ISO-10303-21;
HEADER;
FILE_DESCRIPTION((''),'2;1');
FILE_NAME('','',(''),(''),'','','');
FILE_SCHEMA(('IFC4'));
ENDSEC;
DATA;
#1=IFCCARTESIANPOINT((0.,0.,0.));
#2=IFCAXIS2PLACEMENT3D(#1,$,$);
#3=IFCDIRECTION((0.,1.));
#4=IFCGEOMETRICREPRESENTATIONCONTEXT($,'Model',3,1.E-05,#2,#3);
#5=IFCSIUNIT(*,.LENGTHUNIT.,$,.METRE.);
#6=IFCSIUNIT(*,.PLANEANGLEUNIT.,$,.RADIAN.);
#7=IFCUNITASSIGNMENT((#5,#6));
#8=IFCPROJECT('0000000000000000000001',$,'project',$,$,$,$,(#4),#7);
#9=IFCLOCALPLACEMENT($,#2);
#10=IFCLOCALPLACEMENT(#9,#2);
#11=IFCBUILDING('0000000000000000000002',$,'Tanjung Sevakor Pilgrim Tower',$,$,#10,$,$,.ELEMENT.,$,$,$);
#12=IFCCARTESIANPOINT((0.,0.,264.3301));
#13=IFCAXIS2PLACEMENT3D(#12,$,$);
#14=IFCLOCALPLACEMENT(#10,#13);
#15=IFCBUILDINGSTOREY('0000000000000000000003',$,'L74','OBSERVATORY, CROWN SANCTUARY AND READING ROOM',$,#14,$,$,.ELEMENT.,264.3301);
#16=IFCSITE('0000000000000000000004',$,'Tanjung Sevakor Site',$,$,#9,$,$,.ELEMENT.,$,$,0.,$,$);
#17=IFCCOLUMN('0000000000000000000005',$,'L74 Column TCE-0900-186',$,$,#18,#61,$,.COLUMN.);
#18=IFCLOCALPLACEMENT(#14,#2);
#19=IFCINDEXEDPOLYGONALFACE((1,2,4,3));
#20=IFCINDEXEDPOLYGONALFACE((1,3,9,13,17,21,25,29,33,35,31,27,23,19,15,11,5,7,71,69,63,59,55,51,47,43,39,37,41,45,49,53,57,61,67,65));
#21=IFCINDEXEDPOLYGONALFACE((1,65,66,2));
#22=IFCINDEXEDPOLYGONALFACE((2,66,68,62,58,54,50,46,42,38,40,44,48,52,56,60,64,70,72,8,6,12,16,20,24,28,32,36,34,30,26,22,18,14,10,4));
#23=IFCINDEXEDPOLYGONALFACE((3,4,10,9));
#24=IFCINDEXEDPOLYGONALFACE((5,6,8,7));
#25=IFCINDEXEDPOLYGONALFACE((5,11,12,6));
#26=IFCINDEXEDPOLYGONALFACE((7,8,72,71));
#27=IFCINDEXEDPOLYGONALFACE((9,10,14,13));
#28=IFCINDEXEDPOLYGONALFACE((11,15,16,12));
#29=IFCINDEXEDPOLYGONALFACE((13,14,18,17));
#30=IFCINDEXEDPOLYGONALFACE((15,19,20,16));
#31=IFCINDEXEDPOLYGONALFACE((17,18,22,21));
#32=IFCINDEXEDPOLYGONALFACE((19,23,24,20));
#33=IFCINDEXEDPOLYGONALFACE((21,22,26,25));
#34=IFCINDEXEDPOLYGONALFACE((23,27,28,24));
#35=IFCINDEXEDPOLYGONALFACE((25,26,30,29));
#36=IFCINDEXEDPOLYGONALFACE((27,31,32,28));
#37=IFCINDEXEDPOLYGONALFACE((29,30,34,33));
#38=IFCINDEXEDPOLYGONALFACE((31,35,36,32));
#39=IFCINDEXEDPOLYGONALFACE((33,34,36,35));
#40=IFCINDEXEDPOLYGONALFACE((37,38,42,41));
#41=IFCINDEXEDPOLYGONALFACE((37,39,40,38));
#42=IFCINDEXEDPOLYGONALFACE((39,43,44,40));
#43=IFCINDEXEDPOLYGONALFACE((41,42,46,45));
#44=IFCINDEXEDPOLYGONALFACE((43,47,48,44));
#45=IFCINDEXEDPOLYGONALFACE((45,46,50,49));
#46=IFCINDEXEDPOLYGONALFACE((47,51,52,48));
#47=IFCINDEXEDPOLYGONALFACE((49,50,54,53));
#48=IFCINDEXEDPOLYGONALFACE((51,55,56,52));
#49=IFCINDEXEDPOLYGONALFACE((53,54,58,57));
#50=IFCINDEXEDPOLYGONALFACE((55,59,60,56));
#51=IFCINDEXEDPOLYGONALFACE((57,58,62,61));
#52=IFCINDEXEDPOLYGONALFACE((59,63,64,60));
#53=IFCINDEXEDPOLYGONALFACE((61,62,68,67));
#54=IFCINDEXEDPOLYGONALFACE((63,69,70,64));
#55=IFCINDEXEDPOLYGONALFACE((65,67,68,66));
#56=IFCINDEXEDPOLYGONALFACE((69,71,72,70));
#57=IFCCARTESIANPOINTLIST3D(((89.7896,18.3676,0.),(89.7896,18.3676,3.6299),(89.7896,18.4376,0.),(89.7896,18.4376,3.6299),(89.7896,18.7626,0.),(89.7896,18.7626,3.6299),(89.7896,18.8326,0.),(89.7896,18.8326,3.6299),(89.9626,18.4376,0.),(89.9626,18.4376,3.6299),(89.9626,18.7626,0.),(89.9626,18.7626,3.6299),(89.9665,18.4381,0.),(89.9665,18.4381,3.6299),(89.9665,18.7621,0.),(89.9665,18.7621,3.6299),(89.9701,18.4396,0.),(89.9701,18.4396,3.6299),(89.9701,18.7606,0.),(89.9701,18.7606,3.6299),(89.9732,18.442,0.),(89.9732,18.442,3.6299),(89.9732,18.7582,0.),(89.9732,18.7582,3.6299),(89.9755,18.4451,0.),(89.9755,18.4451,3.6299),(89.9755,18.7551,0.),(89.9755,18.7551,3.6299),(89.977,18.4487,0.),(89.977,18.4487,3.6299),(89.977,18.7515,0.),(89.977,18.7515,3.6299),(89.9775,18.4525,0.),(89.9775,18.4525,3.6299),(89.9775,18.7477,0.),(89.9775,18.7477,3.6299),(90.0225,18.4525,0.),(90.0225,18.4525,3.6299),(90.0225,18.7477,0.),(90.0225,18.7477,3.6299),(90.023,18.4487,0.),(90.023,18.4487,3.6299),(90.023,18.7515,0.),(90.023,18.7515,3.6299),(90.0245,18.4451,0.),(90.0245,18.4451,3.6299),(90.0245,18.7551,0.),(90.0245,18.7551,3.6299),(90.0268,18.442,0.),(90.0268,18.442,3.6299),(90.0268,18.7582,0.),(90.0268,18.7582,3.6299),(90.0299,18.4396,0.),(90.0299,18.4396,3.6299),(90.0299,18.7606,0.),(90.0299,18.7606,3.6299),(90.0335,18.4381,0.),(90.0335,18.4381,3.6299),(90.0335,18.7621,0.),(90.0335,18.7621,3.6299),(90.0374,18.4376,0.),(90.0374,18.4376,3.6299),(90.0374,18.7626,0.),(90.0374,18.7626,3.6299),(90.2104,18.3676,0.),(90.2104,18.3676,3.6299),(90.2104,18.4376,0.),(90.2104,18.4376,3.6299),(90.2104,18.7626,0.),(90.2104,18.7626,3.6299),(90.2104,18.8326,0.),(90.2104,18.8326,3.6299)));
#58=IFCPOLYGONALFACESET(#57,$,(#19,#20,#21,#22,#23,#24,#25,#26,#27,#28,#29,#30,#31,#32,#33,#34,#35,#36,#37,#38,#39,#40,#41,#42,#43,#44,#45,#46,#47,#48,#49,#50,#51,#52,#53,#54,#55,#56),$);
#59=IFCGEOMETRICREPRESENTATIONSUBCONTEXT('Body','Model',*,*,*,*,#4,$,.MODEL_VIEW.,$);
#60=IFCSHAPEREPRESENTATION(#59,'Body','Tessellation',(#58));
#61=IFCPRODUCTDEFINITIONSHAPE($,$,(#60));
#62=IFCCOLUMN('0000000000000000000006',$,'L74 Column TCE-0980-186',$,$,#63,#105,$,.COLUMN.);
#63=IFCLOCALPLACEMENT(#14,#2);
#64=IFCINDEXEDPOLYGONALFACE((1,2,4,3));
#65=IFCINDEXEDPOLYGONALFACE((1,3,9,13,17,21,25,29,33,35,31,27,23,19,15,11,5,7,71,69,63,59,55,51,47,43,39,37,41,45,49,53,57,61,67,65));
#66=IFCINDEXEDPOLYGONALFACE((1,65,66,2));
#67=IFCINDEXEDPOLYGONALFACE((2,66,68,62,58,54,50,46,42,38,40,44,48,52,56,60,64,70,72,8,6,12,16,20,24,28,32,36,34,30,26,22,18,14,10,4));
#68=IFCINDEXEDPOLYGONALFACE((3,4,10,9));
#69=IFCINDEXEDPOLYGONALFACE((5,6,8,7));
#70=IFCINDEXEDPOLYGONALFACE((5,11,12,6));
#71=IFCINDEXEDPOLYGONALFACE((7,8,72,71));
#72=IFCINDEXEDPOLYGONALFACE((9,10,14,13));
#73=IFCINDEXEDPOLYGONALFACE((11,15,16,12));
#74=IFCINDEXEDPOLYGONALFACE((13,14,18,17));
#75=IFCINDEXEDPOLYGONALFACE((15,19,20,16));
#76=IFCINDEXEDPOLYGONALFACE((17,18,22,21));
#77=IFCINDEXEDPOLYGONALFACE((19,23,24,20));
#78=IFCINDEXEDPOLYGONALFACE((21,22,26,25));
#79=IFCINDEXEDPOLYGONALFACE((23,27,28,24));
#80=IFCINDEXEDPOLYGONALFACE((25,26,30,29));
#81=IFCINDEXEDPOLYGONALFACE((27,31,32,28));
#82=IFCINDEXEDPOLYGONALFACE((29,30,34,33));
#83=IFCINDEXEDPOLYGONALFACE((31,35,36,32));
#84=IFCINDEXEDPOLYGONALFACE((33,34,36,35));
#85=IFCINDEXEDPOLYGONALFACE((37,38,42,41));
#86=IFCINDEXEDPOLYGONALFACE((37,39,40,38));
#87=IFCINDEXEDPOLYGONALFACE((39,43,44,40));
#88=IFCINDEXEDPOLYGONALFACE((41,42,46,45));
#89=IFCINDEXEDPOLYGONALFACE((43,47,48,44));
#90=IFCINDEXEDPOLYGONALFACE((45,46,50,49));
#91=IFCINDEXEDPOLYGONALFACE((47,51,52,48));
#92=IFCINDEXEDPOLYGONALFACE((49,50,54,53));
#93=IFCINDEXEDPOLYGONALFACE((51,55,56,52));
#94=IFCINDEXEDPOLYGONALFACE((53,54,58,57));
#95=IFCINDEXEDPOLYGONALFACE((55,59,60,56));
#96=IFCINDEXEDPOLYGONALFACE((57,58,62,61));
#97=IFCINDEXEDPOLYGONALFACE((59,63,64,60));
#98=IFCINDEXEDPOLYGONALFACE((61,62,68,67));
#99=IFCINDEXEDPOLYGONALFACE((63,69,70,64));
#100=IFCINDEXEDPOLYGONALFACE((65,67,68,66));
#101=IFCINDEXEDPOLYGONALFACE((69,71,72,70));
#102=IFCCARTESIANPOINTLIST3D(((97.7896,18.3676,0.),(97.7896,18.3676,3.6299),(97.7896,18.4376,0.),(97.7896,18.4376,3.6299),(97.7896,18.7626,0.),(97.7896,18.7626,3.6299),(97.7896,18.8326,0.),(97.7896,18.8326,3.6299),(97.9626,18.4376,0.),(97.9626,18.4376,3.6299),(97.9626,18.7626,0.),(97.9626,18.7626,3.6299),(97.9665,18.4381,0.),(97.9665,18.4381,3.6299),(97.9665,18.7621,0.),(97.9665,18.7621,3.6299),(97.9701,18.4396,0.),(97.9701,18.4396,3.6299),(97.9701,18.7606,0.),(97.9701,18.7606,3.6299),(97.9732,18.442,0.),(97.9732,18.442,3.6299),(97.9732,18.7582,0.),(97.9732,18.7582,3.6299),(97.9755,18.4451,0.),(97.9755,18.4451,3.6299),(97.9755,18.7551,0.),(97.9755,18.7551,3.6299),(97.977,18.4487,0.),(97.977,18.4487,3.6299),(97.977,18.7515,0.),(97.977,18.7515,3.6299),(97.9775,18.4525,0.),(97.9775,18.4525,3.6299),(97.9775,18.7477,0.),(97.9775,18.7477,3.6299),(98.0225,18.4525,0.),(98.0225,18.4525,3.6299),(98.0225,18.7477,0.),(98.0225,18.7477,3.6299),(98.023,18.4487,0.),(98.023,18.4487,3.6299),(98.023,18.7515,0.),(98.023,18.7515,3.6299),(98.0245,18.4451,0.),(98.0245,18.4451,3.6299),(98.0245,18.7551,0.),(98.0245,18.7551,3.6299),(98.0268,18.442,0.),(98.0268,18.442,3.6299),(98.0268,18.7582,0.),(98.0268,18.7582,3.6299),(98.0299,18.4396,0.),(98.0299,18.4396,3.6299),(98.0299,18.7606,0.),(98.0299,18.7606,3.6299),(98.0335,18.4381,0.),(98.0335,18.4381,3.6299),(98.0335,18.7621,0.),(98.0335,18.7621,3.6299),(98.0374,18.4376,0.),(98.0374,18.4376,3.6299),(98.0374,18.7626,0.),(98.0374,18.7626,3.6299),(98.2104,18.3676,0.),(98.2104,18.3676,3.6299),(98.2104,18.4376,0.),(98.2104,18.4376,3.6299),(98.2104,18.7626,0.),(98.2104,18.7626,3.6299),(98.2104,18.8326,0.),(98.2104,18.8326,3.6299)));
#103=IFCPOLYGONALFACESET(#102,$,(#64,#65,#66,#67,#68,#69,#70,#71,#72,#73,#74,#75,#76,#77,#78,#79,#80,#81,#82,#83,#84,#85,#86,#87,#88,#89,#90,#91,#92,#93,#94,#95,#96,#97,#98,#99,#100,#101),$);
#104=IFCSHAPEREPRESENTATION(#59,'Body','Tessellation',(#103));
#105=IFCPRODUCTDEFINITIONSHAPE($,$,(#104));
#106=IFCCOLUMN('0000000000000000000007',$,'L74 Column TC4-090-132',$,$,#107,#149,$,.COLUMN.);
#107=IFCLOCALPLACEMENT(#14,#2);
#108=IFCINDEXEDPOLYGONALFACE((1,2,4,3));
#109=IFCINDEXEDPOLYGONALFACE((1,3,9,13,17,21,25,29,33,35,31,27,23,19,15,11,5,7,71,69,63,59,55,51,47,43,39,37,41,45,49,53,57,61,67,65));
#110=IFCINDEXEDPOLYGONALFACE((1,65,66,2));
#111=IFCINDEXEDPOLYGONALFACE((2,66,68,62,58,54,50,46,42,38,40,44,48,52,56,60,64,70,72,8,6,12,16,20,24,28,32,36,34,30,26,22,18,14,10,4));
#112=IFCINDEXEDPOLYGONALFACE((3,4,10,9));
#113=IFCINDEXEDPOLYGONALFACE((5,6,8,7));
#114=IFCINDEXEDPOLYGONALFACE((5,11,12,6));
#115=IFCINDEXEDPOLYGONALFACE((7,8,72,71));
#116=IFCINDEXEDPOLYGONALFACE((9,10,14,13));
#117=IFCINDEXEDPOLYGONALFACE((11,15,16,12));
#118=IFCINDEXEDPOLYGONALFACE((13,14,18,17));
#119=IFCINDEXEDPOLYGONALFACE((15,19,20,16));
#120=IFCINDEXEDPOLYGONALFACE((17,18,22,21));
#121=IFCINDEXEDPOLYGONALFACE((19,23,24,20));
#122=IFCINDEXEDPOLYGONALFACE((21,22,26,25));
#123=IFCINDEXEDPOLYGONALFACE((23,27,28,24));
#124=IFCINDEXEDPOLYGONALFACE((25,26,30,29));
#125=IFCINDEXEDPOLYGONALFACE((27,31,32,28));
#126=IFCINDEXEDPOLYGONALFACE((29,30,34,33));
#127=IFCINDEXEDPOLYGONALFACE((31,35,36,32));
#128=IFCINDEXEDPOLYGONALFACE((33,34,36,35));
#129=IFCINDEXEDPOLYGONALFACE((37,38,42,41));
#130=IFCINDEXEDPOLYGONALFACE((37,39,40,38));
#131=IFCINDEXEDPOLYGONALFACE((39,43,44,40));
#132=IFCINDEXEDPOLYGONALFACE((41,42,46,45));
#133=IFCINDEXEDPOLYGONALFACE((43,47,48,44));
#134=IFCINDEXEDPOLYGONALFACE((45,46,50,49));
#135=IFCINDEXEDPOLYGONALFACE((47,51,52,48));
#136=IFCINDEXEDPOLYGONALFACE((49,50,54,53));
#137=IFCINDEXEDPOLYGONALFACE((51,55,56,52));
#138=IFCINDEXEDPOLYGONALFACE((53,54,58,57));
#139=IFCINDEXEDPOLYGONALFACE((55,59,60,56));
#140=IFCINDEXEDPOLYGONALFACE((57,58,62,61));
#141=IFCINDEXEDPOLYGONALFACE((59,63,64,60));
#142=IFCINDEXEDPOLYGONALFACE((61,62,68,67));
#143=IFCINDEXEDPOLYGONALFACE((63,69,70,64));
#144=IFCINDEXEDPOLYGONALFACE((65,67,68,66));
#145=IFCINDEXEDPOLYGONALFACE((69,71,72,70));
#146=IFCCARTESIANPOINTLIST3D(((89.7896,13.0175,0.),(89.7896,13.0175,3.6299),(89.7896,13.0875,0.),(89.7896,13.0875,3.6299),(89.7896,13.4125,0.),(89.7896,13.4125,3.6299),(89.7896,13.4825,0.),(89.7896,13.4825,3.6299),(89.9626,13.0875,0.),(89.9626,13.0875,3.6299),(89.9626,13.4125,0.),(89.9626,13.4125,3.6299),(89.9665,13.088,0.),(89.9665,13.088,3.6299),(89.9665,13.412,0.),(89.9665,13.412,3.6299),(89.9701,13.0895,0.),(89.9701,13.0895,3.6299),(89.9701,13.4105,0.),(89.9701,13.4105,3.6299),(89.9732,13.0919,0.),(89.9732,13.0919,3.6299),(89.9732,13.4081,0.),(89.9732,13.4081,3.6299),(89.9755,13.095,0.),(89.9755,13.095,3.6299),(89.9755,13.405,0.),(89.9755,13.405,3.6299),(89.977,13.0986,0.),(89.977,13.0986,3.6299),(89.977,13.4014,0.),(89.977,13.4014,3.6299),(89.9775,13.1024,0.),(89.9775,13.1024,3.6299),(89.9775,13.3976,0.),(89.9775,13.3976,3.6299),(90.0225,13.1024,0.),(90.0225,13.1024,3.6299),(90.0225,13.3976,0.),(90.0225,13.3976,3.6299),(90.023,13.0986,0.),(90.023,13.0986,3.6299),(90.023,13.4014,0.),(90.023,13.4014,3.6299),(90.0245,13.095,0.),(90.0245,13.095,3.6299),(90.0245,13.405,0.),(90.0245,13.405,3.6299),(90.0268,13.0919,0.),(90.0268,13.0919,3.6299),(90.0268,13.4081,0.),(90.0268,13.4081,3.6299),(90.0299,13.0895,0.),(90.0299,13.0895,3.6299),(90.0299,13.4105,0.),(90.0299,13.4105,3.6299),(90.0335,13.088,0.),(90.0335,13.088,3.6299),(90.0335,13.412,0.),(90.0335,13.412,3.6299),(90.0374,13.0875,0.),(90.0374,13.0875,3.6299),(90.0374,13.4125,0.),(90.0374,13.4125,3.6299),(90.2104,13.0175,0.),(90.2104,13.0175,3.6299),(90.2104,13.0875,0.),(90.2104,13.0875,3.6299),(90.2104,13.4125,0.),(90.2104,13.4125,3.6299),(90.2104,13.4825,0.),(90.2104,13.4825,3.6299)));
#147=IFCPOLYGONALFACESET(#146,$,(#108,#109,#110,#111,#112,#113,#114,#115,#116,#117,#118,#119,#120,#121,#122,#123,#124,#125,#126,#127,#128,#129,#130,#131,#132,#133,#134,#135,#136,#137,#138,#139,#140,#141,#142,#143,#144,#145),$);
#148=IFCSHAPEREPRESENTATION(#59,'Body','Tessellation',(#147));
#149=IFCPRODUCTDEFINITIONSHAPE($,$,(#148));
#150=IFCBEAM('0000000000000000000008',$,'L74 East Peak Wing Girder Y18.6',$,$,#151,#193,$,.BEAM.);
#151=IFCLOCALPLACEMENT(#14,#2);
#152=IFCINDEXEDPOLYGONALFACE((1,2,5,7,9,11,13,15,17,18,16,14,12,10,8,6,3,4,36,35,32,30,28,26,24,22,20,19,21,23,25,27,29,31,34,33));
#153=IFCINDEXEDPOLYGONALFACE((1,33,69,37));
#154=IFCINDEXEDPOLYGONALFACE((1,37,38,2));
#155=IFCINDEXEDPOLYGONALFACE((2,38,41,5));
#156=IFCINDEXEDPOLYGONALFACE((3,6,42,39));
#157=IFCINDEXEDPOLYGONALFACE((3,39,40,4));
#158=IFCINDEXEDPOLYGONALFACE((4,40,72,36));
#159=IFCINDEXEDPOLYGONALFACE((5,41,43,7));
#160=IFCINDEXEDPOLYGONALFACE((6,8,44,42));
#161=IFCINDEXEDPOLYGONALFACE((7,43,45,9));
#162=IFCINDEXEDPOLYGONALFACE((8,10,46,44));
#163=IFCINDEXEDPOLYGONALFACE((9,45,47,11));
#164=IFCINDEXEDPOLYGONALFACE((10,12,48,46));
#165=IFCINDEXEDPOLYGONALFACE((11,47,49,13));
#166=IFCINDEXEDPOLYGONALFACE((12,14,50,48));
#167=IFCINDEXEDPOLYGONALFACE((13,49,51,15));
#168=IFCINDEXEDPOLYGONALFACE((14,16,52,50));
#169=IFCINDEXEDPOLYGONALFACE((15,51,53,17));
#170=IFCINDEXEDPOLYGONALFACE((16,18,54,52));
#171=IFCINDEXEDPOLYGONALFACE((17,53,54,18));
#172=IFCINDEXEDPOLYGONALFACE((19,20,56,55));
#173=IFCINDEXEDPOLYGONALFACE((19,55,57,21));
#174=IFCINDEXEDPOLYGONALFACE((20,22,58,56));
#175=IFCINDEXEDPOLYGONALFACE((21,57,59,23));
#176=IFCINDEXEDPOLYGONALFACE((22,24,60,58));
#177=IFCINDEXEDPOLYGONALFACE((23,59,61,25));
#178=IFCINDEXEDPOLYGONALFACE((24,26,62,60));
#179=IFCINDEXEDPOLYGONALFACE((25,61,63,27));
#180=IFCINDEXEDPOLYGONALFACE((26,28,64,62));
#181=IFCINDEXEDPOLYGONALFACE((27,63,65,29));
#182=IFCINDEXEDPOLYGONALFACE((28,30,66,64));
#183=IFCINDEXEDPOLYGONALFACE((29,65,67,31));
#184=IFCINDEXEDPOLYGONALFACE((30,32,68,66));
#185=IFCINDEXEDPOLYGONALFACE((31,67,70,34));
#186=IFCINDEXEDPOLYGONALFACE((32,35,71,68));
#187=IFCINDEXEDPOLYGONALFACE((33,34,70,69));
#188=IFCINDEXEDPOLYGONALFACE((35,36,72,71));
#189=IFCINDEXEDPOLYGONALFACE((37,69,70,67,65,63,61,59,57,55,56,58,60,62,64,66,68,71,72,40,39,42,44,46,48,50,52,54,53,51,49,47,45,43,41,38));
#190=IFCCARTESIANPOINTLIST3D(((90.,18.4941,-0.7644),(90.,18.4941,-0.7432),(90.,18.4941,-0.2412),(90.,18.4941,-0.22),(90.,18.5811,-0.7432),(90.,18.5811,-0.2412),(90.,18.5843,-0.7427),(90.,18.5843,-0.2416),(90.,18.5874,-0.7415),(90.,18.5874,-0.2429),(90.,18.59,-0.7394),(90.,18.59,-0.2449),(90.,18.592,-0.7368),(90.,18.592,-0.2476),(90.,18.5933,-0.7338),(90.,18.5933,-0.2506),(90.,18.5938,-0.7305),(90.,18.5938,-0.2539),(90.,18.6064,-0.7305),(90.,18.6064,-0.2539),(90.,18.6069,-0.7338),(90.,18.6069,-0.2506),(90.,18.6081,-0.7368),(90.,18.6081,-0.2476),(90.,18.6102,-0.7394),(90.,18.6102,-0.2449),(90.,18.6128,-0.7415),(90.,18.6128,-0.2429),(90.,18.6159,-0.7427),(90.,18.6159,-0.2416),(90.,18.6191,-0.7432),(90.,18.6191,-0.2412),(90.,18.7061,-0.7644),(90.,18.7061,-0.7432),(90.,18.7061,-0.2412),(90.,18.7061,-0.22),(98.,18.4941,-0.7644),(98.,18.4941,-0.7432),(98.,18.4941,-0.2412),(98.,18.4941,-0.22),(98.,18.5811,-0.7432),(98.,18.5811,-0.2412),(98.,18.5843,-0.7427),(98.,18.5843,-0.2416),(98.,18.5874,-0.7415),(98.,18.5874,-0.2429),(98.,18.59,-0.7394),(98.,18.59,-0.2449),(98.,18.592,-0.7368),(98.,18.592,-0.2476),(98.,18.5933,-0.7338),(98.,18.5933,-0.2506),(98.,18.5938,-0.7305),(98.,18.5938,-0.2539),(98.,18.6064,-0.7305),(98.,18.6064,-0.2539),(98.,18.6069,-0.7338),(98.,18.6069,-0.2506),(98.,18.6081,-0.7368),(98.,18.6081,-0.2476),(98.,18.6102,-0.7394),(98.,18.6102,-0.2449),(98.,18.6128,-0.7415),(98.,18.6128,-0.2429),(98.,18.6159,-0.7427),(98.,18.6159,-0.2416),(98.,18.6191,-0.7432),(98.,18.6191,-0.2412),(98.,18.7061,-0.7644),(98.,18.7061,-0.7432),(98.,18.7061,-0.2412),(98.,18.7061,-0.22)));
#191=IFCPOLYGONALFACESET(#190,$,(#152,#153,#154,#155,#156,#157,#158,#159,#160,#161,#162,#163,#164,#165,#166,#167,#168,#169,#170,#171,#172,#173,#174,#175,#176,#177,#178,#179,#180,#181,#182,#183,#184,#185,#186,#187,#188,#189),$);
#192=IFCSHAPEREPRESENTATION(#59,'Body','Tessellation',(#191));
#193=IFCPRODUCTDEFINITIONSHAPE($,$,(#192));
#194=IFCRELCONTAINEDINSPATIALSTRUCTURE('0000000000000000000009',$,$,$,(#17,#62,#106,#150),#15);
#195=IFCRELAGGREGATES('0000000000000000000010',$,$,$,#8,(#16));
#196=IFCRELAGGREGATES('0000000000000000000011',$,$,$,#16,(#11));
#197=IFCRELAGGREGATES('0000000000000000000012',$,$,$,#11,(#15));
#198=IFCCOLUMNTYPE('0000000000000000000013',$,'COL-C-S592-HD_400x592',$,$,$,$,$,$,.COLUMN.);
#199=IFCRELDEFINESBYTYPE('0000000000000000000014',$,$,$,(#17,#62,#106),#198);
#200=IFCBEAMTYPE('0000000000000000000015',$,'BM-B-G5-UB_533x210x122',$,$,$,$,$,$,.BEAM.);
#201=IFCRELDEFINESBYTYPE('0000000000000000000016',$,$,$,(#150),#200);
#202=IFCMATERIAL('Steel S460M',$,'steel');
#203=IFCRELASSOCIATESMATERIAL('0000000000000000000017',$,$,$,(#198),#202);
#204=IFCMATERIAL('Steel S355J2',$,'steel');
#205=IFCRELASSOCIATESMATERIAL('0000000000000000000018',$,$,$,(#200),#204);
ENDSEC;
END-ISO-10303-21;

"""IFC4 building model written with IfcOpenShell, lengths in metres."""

from ifc_helpers import new_model, si_unit, direction, frame, origin, origin_2d, place, context, subcontext, project, spatial, i_section, extrude, material, material_profile, profile_set, type_object, element, save


model = new_model("IFC4")

# Units and contexts
model_context = context("Model", 3, precision=1e-05, world=origin(), true_north=direction((0.0, 1.0)))
body_context = subcontext(model_context, "Body", "Model", "MODEL_VIEW")
ifc_project = project(units=[si_unit("LENGTHUNIT", "METRE"), si_unit("PLANEANGLEUNIT", "RADIAN")], contexts=[model_context])

# Site, building, storey
site_placement = place(None, origin())
site = spatial("IfcSite", under=ifc_project, at=site_placement, Name="Tanjung Sevakor Site", CompositionType="ELEMENT", RefElevation=0.0)
building_placement = place(site_placement, origin())
building = spatial("IfcBuilding", under=site, at=building_placement, Name="Tanjung Sevakor Pilgrim Tower", CompositionType="ELEMENT")
storey_placement = place(building_placement, frame((0.0, 0.0, 264.3301)))
storey = spatial("IfcBuildingStorey", under=building, at=storey_placement, Name="L74", Description="OBSERVATORY, CROWN SANCTUARY AND READING ROOM", CompositionType="ELEMENT", Elevation=264.3301)

# Columns
ifc_material_1 = material(Name="Steel S460M", Category="steel")
ifc_material_profile_1 = material_profile(ifc_material_1, i_section(OverallWidth=0.4209, OverallDepth=0.4651, WebThickness=0.0449, FlangeThickness=0.0701, FilletRadius=0.0149, at=origin_2d()))
ifc_profile_set_1 = profile_set([ifc_material_profile_1], Name="Steel S460M")
column_type = type_object("IfcColumnType", Name="COL-C-S592-HD_400x592", PredefinedType="COLUMN", material=ifc_profile_set_1)
for number, where, z_axis, x_axis, name in (
    (1, (90.0, 18.6001, 0.0), (0.0, 0.0, 1.0), (1.0, 0.0, 0.0), "L74 Column TCE-0900-186"),
    (2, (98.0, 18.6001, 0.0), (0.0, 0.0, 1.0), (1.0, 0.0, 0.0), "L74 Column TCE-0980-186"),
    (3, (90.0, 13.25, 0.0), (0.0, 0.0, 1.0), (1.0, 0.0, 0.0), "L74 Column TC4-090-132"),
):
    element("IfcColumn", number, at=place(storey_placement, frame(where, z_axis=z_axis, x_axis=x_axis)), inside=storey, type_object=column_type, Name=name, PredefinedType="COLUMN", context=body_context, shape_type="SweptSolid", body=[
        extrude(i_section(OverallWidth=0.4209, OverallDepth=0.4651, WebThickness=0.0449, FlangeThickness=0.0701, FilletRadius=0.0149, at=origin_2d()), origin(), (0.0, 0.0, 1.0), 3.6299),
    ])

# Beam
ifc_material_2 = material(Name="Steel S355J2", Category="steel")
ifc_material_profile_2 = material_profile(ifc_material_2, i_section(OverallWidth=0.2119, OverallDepth=0.5444, WebThickness=0.0127, FlangeThickness=0.0212, FilletRadius=0.0127, at=origin_2d()))
ifc_profile_set_2 = profile_set([ifc_material_profile_2], Name="Steel S355J2")
beam_type_1 = type_object("IfcBeamType", Name="BM-B-G5-UB_533x210x122", PredefinedType="BEAM", material=ifc_profile_set_2)
beam_1_placement = place(storey_placement, frame((90.0, 18.6001, -0.4922), z_axis=(1.0, 0.0, 0.0), x_axis=(0.0, 1.0, 0.0)))
element("IfcBeam", 4, at=beam_1_placement, inside=storey, type_object=beam_type_1, Name="L74 East Peak Wing Girder Y18.6", PredefinedType="BEAM", context=body_context, shape_type="SweptSolid", body=[
    extrude(i_section(OverallWidth=0.2119, OverallDepth=0.5444, WebThickness=0.0127, FlangeThickness=0.0212, FilletRadius=0.0127, at=origin_2d()), origin(), (0.0, 0.0, 1.0), 8.0),
])

save(model, "model.ifc")
